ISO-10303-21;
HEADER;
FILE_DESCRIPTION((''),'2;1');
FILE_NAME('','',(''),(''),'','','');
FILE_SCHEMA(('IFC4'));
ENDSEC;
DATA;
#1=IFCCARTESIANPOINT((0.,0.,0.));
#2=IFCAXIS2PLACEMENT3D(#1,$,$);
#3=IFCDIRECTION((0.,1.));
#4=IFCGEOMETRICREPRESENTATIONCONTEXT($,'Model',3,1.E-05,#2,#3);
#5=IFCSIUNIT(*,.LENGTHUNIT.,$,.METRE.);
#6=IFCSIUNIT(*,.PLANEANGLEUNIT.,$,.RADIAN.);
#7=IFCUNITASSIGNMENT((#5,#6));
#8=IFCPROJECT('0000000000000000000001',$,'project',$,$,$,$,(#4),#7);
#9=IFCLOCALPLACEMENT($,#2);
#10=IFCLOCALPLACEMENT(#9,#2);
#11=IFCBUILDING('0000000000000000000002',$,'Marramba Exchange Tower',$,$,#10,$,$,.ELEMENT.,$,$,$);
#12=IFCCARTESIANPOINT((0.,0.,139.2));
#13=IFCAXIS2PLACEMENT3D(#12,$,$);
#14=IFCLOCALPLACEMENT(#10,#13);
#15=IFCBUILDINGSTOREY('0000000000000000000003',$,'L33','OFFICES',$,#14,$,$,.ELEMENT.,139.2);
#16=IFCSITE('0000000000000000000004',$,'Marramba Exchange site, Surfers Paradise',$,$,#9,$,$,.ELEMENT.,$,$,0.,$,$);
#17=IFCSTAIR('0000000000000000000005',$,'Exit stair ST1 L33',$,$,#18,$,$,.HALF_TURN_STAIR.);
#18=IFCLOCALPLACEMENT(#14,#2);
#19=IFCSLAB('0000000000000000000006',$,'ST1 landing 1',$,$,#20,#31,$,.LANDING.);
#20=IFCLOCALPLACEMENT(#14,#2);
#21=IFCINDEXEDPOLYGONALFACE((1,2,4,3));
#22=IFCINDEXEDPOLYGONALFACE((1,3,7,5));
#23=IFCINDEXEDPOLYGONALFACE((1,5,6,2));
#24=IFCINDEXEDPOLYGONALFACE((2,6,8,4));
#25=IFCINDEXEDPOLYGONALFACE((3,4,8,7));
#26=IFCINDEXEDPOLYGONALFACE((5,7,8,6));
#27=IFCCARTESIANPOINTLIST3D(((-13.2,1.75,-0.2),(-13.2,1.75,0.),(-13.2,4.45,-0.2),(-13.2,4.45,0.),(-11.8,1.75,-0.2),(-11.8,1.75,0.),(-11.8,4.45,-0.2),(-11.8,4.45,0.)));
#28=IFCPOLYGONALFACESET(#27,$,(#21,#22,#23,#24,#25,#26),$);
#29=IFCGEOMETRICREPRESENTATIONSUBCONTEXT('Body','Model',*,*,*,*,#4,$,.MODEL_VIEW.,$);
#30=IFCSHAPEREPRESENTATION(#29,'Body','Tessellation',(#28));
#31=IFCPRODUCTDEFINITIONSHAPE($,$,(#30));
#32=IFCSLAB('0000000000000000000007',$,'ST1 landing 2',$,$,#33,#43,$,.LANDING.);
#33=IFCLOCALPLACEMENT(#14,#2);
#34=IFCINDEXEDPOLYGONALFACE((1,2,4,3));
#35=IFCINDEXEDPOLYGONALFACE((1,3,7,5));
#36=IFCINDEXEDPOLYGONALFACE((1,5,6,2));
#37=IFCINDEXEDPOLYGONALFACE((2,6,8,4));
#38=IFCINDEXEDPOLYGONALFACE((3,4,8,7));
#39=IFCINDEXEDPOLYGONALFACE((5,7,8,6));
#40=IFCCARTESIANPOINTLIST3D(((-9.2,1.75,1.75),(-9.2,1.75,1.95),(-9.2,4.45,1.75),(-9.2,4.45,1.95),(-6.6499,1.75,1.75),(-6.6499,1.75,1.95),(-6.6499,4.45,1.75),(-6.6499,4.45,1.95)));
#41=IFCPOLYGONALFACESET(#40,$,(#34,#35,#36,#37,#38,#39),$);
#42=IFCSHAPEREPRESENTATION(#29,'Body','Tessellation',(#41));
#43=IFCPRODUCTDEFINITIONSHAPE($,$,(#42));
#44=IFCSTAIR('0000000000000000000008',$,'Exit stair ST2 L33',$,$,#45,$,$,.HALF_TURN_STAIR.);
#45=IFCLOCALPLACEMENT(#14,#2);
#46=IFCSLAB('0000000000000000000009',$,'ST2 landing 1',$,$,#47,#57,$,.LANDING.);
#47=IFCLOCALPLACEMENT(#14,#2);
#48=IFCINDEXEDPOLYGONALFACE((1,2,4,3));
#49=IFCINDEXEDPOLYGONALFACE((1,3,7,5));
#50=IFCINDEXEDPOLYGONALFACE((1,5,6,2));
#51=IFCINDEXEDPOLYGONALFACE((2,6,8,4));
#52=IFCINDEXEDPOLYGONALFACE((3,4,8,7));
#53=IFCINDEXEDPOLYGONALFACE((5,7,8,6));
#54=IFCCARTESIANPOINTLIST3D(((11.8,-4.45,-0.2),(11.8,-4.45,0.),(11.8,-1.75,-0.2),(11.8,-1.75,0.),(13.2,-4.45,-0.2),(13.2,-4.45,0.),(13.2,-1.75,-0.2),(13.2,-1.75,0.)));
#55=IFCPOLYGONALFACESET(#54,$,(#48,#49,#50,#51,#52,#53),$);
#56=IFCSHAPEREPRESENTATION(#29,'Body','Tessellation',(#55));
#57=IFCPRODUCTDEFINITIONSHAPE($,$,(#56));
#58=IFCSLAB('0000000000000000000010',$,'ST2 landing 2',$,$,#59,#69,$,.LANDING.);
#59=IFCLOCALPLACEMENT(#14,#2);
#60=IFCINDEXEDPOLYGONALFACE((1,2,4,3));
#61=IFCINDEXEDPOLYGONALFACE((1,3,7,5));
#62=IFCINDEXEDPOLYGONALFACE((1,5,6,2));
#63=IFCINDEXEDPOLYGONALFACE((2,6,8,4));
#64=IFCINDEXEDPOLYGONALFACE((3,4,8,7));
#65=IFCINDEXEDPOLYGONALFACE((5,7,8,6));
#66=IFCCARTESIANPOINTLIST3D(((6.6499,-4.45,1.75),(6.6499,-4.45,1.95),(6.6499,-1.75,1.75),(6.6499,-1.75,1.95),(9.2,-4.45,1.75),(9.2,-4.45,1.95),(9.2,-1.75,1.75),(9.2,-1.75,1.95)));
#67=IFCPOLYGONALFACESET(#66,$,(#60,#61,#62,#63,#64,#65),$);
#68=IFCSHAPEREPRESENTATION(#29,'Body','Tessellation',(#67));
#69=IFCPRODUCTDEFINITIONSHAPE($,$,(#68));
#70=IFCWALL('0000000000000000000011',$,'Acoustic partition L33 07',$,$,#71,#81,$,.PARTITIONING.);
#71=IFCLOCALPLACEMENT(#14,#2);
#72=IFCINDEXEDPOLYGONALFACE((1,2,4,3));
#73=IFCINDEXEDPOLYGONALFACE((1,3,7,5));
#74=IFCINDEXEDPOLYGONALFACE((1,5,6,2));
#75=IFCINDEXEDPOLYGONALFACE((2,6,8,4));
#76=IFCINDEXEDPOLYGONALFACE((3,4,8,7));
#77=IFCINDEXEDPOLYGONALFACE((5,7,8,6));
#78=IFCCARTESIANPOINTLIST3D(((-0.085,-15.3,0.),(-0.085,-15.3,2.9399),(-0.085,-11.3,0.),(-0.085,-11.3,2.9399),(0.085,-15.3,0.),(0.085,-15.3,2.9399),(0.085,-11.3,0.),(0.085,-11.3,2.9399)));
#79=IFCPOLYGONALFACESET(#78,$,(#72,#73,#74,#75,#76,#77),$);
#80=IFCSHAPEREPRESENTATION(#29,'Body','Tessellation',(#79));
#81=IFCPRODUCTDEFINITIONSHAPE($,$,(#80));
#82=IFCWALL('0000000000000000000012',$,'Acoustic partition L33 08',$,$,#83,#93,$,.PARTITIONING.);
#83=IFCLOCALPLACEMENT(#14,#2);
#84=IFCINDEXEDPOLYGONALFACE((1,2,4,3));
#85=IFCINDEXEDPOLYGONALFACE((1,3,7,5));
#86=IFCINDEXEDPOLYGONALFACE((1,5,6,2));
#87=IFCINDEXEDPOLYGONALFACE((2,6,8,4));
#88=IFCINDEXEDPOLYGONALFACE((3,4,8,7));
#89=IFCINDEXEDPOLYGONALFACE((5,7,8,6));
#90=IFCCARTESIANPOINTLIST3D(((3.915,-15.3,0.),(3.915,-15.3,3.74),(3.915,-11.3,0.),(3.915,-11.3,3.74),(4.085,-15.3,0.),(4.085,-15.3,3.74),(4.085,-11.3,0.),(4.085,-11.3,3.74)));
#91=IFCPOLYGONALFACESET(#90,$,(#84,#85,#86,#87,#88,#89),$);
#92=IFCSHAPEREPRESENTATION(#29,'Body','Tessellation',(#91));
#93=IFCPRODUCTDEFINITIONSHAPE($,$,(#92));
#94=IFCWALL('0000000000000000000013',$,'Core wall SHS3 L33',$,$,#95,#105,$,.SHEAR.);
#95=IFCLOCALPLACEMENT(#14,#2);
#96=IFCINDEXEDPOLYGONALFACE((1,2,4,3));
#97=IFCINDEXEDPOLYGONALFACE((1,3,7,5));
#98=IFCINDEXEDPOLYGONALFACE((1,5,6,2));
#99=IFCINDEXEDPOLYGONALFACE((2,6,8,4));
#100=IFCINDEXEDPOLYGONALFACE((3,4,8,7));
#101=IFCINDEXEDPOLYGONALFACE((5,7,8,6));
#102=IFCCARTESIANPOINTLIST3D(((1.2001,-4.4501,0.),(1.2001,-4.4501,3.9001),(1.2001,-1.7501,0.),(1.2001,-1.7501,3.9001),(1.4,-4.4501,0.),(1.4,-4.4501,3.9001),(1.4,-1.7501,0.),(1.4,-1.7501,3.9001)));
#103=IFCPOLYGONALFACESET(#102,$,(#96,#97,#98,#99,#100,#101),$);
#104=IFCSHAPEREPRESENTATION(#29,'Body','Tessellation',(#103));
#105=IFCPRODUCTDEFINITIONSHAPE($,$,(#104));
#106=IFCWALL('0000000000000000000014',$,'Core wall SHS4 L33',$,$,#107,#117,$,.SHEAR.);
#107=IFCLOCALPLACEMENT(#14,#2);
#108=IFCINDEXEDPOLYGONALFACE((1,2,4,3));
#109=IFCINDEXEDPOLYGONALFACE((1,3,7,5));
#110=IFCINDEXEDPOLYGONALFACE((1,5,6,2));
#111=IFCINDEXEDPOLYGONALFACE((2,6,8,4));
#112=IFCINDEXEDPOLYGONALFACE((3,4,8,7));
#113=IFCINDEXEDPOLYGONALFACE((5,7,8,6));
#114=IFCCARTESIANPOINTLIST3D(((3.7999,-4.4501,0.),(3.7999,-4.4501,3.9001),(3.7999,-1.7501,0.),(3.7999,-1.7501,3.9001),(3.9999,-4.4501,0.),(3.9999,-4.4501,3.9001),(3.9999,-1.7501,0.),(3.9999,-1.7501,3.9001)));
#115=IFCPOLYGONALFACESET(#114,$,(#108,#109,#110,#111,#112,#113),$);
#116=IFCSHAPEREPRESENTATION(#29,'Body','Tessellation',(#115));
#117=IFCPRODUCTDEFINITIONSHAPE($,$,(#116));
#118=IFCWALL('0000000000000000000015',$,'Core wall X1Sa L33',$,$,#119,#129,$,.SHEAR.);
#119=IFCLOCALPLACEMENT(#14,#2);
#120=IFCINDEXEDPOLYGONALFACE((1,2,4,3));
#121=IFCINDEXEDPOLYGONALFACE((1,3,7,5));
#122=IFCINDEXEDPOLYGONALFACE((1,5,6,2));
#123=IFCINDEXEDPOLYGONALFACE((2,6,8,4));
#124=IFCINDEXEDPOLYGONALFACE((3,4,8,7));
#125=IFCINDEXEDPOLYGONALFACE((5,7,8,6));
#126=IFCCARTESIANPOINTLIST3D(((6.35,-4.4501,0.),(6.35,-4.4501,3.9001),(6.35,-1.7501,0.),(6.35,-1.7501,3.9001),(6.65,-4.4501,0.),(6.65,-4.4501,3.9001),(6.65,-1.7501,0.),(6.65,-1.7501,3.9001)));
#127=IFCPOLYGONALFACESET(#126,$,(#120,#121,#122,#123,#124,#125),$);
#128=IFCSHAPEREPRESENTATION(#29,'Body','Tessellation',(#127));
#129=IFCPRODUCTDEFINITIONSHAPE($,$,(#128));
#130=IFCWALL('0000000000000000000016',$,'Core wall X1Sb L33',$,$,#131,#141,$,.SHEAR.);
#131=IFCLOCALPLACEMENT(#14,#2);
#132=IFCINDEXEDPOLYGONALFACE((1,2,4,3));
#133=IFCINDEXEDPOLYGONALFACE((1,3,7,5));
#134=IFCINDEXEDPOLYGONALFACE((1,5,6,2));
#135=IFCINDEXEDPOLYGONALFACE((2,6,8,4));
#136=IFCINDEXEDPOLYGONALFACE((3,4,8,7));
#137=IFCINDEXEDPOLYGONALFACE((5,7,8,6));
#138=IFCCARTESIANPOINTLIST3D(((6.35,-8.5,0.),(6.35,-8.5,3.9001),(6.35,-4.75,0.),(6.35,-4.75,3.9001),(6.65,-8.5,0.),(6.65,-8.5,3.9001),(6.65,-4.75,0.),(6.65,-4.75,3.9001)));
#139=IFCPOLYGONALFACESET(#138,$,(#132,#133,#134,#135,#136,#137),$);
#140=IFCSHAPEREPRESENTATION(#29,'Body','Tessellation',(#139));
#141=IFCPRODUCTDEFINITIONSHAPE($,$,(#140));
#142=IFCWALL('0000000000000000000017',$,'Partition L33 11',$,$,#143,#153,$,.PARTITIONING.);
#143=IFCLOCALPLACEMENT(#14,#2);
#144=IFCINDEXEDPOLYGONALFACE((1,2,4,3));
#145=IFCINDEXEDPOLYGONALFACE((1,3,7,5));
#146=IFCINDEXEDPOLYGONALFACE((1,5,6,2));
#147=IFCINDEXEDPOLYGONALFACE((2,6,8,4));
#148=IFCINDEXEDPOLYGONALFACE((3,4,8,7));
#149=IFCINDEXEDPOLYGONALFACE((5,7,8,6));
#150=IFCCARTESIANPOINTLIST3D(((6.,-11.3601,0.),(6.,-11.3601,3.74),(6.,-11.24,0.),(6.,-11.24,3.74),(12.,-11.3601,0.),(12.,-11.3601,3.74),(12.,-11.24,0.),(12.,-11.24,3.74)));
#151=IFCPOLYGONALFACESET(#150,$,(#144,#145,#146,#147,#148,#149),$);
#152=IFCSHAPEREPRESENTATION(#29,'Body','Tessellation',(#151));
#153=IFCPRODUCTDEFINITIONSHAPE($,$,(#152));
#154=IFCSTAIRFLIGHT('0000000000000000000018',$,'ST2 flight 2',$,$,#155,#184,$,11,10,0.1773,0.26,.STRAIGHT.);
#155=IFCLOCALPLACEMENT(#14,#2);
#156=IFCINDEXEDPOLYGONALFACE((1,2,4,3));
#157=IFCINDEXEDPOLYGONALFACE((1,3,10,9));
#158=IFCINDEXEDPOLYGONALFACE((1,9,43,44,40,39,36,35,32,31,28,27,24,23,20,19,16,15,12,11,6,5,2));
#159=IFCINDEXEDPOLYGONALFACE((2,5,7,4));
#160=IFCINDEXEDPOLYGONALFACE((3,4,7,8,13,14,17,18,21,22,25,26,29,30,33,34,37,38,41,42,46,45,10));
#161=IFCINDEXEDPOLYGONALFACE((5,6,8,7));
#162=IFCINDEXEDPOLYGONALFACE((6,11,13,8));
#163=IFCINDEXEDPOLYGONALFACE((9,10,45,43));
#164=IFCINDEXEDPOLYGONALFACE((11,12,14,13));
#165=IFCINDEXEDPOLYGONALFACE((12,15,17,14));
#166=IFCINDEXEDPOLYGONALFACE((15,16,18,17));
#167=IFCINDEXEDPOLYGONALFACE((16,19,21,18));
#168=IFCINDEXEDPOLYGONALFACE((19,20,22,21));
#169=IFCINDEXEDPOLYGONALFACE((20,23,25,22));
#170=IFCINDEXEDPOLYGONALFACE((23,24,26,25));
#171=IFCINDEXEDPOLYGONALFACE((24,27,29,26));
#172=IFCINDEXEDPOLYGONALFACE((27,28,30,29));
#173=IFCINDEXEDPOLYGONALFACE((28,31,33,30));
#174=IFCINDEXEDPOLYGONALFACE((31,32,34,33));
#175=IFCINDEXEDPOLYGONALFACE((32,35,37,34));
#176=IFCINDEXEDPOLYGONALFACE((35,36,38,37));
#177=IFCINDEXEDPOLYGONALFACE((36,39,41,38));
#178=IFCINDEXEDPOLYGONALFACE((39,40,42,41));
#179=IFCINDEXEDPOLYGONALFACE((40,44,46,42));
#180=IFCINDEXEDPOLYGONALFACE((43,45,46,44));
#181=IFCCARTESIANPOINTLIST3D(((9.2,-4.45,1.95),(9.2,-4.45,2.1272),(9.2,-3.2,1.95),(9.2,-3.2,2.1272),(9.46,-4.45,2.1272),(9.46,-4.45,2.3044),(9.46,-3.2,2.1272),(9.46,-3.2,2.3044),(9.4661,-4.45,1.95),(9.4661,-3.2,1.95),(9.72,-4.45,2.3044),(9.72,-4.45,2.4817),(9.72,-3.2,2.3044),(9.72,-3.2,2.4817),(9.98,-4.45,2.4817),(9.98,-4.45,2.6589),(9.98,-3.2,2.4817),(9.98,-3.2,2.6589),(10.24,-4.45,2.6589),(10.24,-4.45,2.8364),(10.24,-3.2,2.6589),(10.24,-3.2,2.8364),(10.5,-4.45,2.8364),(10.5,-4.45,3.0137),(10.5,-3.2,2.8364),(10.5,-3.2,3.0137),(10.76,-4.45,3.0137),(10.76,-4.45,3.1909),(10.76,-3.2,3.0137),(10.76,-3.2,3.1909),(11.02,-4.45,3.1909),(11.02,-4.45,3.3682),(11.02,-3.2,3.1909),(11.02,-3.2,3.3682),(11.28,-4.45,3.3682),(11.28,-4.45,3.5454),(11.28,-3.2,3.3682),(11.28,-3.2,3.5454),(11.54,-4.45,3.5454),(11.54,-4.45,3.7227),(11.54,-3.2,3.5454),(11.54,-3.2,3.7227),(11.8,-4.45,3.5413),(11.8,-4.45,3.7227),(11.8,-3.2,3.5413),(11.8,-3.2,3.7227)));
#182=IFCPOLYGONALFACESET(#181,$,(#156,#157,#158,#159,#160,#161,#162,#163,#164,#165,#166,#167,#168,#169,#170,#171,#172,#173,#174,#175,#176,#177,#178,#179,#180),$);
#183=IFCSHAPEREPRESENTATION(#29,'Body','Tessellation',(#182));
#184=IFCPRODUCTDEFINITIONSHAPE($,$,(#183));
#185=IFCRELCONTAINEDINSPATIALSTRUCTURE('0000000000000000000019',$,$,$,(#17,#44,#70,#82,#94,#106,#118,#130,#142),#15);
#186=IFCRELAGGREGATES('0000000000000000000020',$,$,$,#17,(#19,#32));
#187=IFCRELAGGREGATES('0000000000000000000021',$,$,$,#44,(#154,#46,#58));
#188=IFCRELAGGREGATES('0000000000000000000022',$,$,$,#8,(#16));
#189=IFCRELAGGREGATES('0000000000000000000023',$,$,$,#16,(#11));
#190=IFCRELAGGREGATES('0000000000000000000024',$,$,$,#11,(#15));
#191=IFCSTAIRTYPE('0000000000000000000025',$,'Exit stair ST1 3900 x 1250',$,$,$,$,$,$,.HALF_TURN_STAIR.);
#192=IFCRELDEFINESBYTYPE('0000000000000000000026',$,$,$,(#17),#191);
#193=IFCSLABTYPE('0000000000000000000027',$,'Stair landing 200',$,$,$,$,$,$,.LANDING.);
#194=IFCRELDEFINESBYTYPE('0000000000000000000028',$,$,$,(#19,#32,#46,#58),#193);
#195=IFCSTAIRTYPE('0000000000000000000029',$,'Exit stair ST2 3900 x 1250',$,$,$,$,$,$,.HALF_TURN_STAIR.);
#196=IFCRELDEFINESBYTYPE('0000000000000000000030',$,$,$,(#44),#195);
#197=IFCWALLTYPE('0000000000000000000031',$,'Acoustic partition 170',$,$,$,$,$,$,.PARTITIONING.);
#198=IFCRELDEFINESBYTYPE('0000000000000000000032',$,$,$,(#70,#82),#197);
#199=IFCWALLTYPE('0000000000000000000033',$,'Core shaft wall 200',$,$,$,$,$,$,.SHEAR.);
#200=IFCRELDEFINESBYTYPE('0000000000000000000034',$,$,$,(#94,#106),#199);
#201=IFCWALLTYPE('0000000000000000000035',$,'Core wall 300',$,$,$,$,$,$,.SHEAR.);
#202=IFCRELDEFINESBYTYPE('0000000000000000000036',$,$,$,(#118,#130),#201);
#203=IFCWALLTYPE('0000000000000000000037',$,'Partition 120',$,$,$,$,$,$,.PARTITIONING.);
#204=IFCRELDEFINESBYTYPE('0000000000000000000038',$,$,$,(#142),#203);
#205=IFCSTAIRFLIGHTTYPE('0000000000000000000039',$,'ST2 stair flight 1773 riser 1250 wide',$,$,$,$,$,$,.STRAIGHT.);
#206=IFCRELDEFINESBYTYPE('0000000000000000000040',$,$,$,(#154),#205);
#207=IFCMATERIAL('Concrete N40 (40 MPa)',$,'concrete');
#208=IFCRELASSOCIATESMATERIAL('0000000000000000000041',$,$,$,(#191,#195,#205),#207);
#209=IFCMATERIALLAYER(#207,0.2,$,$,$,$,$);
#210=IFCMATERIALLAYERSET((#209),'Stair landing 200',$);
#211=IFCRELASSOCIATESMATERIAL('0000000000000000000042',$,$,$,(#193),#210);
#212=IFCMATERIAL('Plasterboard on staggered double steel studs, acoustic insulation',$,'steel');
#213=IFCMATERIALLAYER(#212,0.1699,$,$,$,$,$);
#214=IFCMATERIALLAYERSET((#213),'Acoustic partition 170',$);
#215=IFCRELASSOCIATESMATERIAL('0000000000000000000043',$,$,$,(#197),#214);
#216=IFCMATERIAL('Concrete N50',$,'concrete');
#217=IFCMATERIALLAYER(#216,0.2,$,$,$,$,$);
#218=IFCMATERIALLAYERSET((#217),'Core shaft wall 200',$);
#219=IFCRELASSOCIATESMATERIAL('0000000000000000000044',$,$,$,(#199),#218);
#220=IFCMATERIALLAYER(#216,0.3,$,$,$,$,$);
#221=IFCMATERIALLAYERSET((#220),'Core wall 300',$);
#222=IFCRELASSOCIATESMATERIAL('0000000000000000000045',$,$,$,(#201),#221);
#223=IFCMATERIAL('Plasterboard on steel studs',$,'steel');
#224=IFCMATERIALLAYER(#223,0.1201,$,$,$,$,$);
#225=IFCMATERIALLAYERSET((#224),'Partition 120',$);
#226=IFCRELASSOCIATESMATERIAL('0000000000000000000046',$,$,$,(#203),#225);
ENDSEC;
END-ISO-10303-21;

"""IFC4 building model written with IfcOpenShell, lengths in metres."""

from ifc_helpers import new_model, si_unit, direction, frame, frame_2d, origin, place, context, subcontext, project, spatial, polyline, rectangle, outline, extrude, material, layer, layer_set, type_object, element, aggregate, save


model = new_model("IFC4")

# Units and contexts
model_context = context("Model", 3, precision=1e-05, world=origin(), true_north=direction((0.0, 1.0)))
body_context = subcontext(model_context, "Body", "Model", "MODEL_VIEW")
ifc_project = project(units=[si_unit("LENGTHUNIT", "METRE"), si_unit("PLANEANGLEUNIT", "RADIAN")], contexts=[model_context])

# Site, building, storey
site_placement = place(None, origin())
site = spatial("IfcSite", under=ifc_project, at=site_placement, Name="Marramba Exchange site, Surfers Paradise", CompositionType="ELEMENT", RefElevation=0.0)
building_placement = place(site_placement, origin())
building = spatial("IfcBuilding", under=site, at=building_placement, Name="Marramba Exchange Tower", CompositionType="ELEMENT")
storey_placement = place(building_placement, frame((0.0, 0.0, 139.2)))
storey = spatial("IfcBuildingStorey", under=building, at=storey_placement, Name="L33", Description="OFFICES", CompositionType="ELEMENT", Elevation=139.2)

# Stairs, slabs
ifc_material_1 = material(Name="Concrete N40 (40 MPa)", Category="concrete")
stair_type_1 = type_object("IfcStairType", Name="Exit stair ST1 3900 x 1250", PredefinedType="HALF_TURN_STAIR", material=ifc_material_1)
stair_1_placement = place(storey_placement, origin())
stair_1 = element("IfcStair", 1, at=stair_1_placement, inside=storey, type_object=stair_type_1, Name="Exit stair ST1 L33", PredefinedType="HALF_TURN_STAIR")
ifc_layer_1 = layer(ifc_material_1, 0.2)
ifc_layer_set_1 = layer_set([ifc_layer_1], Name="Stair landing 200")
slab_type = type_object("IfcSlabType", Name="Stair landing 200", PredefinedType="LANDING", material=ifc_layer_set_1)
slab_1_placement = place(storey_placement, frame((0.0, 0.0, -0.2)))
slab_1 = element("IfcSlab", 2, at=slab_1_placement, type_object=slab_type, Name="ST1 landing 1", PredefinedType="LANDING", context=body_context, shape_type="SweptSolid", body=[
    extrude(outline(polyline([(-13.2, 1.75), (-11.8, 1.75), (-11.8, 4.45), (-13.2, 4.45), (-13.2, 1.75)])), origin(), (0.0, 0.0, 1.0), 0.2),
])
slab_2_placement = place(storey_placement, frame((0.0, 0.0, 1.75)))
slab_2 = element("IfcSlab", 3, at=slab_2_placement, type_object=slab_type, Name="ST1 landing 2", PredefinedType="LANDING", context=body_context, shape_type="SweptSolid", body=[
    extrude(outline(polyline([(-9.2, 1.75), (-6.6499, 1.75), (-6.6499, 4.45), (-9.2, 4.45), (-9.2, 1.75)])), origin(), (0.0, 0.0, 1.0), 0.2),
])
aggregate(stair_1, [slab_1, slab_2])
stair_type_2 = type_object("IfcStairType", Name="Exit stair ST2 3900 x 1250", PredefinedType="HALF_TURN_STAIR", material=ifc_material_1)
stair_2_placement = place(storey_placement, origin())
stair_2 = element("IfcStair", 4, at=stair_2_placement, inside=storey, type_object=stair_type_2, Name="Exit stair ST2 L33", PredefinedType="HALF_TURN_STAIR")
slab_3_placement = place(storey_placement, frame((0.0, 0.0, -0.2)))
slab_3 = element("IfcSlab", 5, at=slab_3_placement, type_object=slab_type, Name="ST2 landing 1", PredefinedType="LANDING", context=body_context, shape_type="SweptSolid", body=[
    extrude(outline(polyline([(11.8, -4.45), (13.2, -4.45), (13.2, -1.75), (11.8, -1.75), (11.8, -4.45)])), origin(), (0.0, 0.0, 1.0), 0.2),
])
slab_4_placement = place(storey_placement, frame((0.0, 0.0, 1.75)))
slab_4 = element("IfcSlab", 6, at=slab_4_placement, type_object=slab_type, Name="ST2 landing 2", PredefinedType="LANDING", context=body_context, shape_type="SweptSolid", body=[
    extrude(outline(polyline([(6.6499, -4.45), (9.2, -4.45), (9.2, -1.75), (6.6499, -1.75), (6.6499, -4.45)])), origin(), (0.0, 0.0, 1.0), 0.2),
])

# Walls
ifc_material_2 = material(Name="Plasterboard on staggered double steel studs, acoustic insulation", Category="steel")
ifc_layer_2 = layer(ifc_material_2, 0.1699)
ifc_layer_set_2 = layer_set([ifc_layer_2], Name="Acoustic partition 170")
wall_type_1 = type_object("IfcWallType", Name="Acoustic partition 170", PredefinedType="PARTITIONING", material=ifc_layer_set_2)
wall_1_placement = place(storey_placement, frame((0.0, -11.3, 0.0), z_axis=(0.0, 0.0, 1.0), x_axis=(0.0, -1.0, 0.0)))
element("IfcWall", 7, at=wall_1_placement, inside=storey, type_object=wall_type_1, Name="Acoustic partition L33 07", PredefinedType="PARTITIONING", context=body_context, shape_type="SweptSolid", body=[
    extrude(rectangle(XDim=4.0, YDim=0.1699, at=frame_2d((2.0, 0.0))), origin(), (0.0, 0.0, 1.0), 2.9399),
])
wall_2_placement = place(storey_placement, frame((4.0, -11.3, 0.0), z_axis=(0.0, 0.0, 1.0), x_axis=(0.0, -1.0, 0.0)))
element("IfcWall", 8, at=wall_2_placement, inside=storey, type_object=wall_type_1, Name="Acoustic partition L33 08", PredefinedType="PARTITIONING", context=body_context, shape_type="SweptSolid", body=[
    extrude(rectangle(XDim=4.0, YDim=0.1699, at=frame_2d((2.0, 0.0))), origin(), (0.0, 0.0, 1.0), 3.74),
])
ifc_material_3 = material(Name="Concrete N50", Category="concrete")
ifc_layer_3 = layer(ifc_material_3, 0.2)
ifc_layer_set_3 = layer_set([ifc_layer_3], Name="Core shaft wall 200")
wall_type_2 = type_object("IfcWallType", Name="Core shaft wall 200", PredefinedType="SHEAR", material=ifc_layer_set_3)
for number, where, z_axis, x_axis, name in (
    (9, (1.3, -1.75, 0.0), (0.0, 0.0, 1.0), (0.0, -1.0, 0.0), "Core wall SHS3 L33"),
    (10, (3.8999, -1.75, 0.0), (0.0, 0.0, 1.0), (0.0, -1.0, 0.0), "Core wall SHS4 L33"),
):
    element("IfcWall", number, at=place(storey_placement, frame(where, z_axis=z_axis, x_axis=x_axis)), inside=storey, type_object=wall_type_2, Name=name, PredefinedType="SHEAR", context=body_context, shape_type="SweptSolid", body=[
        extrude(rectangle(XDim=2.7, YDim=0.2, at=frame_2d((1.3501, 0.0))), origin(), (0.0, 0.0, 1.0), 3.9001),
    ])
ifc_layer_4 = layer(ifc_material_3, 0.3)
ifc_layer_set_4 = layer_set([ifc_layer_4], Name="Core wall 300")
wall_type_3 = type_object("IfcWallType", Name="Core wall 300", PredefinedType="SHEAR", material=ifc_layer_set_4)
wall_3_placement = place(storey_placement, frame((6.5, -1.75, 0.0), z_axis=(0.0, 0.0, 1.0), x_axis=(0.0, -1.0, 0.0)))
element("IfcWall", 11, at=wall_3_placement, inside=storey, type_object=wall_type_3, Name="Core wall X1Sa L33", PredefinedType="SHEAR", context=body_context, shape_type="SweptSolid", body=[
    extrude(rectangle(XDim=2.7, YDim=0.3, at=frame_2d((1.3501, 0.0))), origin(), (0.0, 0.0, 1.0), 3.9001),
])
wall_4_placement = place(storey_placement, frame((6.5, -4.75, 0.0), z_axis=(0.0, 0.0, 1.0), x_axis=(0.0, -1.0, 0.0)))
element("IfcWall", 12, at=wall_4_placement, inside=storey, type_object=wall_type_3, Name="Core wall X1Sb L33", PredefinedType="SHEAR", context=body_context, shape_type="SweptSolid", body=[
    extrude(rectangle(XDim=3.75, YDim=0.3, at=frame_2d((1.875, 0.0))), origin(), (0.0, 0.0, 1.0), 3.9001),
])
ifc_material_4 = material(Name="Plasterboard on steel studs", Category="steel")
ifc_layer_5 = layer(ifc_material_4, 0.1201)
ifc_layer_set_5 = layer_set([ifc_layer_5], Name="Partition 120")
wall_type_4 = type_object("IfcWallType", Name="Partition 120", PredefinedType="PARTITIONING", material=ifc_layer_set_5)
wall_5_placement = place(storey_placement, frame((6.0, -11.3, 0.0), z_axis=(0.0, 0.0, 1.0), x_axis=(1.0, 0.0, 0.0)))
element("IfcWall", 13, at=wall_5_placement, inside=storey, type_object=wall_type_4, Name="Partition L33 11", PredefinedType="PARTITIONING", context=body_context, shape_type="SweptSolid", body=[
    extrude(rectangle(XDim=6.0, YDim=0.1201, at=frame_2d((3.0, 0.0))), origin(), (0.0, 0.0, 1.0), 3.74),
])

# Stair flight
stair_flight_type = type_object("IfcStairFlightType", Name="ST2 stair flight 1773 riser 1250 wide", PredefinedType="STRAIGHT", material=ifc_material_1)
stair_flight_placement = place(storey_placement, frame((9.2, -3.825, 1.95), z_axis=(0.0, 0.0, 1.0), x_axis=(1.0, 0.0, 0.0)))
stair_flight = element("IfcStairFlight", 14, at=stair_flight_placement, type_object=stair_flight_type, Name="ST2 flight 2", NumberOfRisers=11, NumberOfTreads=10, PredefinedType="STRAIGHT", RiserHeight=0.1773, TreadLength=0.26, context=body_context, shape_type="SweptSolid", body=[
    extrude(outline(polyline([(0.0, 0.0), (0.0, 0.1772), (0.26, 0.1772), (0.26, 0.3545), (0.52, 0.3545), (0.52, 0.5317), (0.78, 0.5317), (0.78, 0.709), (1.04, 0.709), (1.04, 0.8865), (1.3, 0.8865), (1.3, 1.0637), (1.5601, 1.0637), (1.5601, 1.241), (1.8201, 1.241), (1.8201, 1.4182), (2.0801, 1.4182), (2.0801, 1.5955), (2.3401, 1.5955), (2.3401, 1.7727), (2.6001, 1.7727), (2.6001, 1.95), (2.6001, 1.5913), (0.2661, 0.0), (0.0, 0.0)])), frame((0.0, 0.625, 0.0), z_axis=(0.0, -1.0, 0.0), x_axis=(1.0, 0.0, 0.0)), (0.0, 0.0, 1.0), 1.25),
])
aggregate(stair_2, [stair_flight, slab_3, slab_4])

save(model, "model.ifc")
